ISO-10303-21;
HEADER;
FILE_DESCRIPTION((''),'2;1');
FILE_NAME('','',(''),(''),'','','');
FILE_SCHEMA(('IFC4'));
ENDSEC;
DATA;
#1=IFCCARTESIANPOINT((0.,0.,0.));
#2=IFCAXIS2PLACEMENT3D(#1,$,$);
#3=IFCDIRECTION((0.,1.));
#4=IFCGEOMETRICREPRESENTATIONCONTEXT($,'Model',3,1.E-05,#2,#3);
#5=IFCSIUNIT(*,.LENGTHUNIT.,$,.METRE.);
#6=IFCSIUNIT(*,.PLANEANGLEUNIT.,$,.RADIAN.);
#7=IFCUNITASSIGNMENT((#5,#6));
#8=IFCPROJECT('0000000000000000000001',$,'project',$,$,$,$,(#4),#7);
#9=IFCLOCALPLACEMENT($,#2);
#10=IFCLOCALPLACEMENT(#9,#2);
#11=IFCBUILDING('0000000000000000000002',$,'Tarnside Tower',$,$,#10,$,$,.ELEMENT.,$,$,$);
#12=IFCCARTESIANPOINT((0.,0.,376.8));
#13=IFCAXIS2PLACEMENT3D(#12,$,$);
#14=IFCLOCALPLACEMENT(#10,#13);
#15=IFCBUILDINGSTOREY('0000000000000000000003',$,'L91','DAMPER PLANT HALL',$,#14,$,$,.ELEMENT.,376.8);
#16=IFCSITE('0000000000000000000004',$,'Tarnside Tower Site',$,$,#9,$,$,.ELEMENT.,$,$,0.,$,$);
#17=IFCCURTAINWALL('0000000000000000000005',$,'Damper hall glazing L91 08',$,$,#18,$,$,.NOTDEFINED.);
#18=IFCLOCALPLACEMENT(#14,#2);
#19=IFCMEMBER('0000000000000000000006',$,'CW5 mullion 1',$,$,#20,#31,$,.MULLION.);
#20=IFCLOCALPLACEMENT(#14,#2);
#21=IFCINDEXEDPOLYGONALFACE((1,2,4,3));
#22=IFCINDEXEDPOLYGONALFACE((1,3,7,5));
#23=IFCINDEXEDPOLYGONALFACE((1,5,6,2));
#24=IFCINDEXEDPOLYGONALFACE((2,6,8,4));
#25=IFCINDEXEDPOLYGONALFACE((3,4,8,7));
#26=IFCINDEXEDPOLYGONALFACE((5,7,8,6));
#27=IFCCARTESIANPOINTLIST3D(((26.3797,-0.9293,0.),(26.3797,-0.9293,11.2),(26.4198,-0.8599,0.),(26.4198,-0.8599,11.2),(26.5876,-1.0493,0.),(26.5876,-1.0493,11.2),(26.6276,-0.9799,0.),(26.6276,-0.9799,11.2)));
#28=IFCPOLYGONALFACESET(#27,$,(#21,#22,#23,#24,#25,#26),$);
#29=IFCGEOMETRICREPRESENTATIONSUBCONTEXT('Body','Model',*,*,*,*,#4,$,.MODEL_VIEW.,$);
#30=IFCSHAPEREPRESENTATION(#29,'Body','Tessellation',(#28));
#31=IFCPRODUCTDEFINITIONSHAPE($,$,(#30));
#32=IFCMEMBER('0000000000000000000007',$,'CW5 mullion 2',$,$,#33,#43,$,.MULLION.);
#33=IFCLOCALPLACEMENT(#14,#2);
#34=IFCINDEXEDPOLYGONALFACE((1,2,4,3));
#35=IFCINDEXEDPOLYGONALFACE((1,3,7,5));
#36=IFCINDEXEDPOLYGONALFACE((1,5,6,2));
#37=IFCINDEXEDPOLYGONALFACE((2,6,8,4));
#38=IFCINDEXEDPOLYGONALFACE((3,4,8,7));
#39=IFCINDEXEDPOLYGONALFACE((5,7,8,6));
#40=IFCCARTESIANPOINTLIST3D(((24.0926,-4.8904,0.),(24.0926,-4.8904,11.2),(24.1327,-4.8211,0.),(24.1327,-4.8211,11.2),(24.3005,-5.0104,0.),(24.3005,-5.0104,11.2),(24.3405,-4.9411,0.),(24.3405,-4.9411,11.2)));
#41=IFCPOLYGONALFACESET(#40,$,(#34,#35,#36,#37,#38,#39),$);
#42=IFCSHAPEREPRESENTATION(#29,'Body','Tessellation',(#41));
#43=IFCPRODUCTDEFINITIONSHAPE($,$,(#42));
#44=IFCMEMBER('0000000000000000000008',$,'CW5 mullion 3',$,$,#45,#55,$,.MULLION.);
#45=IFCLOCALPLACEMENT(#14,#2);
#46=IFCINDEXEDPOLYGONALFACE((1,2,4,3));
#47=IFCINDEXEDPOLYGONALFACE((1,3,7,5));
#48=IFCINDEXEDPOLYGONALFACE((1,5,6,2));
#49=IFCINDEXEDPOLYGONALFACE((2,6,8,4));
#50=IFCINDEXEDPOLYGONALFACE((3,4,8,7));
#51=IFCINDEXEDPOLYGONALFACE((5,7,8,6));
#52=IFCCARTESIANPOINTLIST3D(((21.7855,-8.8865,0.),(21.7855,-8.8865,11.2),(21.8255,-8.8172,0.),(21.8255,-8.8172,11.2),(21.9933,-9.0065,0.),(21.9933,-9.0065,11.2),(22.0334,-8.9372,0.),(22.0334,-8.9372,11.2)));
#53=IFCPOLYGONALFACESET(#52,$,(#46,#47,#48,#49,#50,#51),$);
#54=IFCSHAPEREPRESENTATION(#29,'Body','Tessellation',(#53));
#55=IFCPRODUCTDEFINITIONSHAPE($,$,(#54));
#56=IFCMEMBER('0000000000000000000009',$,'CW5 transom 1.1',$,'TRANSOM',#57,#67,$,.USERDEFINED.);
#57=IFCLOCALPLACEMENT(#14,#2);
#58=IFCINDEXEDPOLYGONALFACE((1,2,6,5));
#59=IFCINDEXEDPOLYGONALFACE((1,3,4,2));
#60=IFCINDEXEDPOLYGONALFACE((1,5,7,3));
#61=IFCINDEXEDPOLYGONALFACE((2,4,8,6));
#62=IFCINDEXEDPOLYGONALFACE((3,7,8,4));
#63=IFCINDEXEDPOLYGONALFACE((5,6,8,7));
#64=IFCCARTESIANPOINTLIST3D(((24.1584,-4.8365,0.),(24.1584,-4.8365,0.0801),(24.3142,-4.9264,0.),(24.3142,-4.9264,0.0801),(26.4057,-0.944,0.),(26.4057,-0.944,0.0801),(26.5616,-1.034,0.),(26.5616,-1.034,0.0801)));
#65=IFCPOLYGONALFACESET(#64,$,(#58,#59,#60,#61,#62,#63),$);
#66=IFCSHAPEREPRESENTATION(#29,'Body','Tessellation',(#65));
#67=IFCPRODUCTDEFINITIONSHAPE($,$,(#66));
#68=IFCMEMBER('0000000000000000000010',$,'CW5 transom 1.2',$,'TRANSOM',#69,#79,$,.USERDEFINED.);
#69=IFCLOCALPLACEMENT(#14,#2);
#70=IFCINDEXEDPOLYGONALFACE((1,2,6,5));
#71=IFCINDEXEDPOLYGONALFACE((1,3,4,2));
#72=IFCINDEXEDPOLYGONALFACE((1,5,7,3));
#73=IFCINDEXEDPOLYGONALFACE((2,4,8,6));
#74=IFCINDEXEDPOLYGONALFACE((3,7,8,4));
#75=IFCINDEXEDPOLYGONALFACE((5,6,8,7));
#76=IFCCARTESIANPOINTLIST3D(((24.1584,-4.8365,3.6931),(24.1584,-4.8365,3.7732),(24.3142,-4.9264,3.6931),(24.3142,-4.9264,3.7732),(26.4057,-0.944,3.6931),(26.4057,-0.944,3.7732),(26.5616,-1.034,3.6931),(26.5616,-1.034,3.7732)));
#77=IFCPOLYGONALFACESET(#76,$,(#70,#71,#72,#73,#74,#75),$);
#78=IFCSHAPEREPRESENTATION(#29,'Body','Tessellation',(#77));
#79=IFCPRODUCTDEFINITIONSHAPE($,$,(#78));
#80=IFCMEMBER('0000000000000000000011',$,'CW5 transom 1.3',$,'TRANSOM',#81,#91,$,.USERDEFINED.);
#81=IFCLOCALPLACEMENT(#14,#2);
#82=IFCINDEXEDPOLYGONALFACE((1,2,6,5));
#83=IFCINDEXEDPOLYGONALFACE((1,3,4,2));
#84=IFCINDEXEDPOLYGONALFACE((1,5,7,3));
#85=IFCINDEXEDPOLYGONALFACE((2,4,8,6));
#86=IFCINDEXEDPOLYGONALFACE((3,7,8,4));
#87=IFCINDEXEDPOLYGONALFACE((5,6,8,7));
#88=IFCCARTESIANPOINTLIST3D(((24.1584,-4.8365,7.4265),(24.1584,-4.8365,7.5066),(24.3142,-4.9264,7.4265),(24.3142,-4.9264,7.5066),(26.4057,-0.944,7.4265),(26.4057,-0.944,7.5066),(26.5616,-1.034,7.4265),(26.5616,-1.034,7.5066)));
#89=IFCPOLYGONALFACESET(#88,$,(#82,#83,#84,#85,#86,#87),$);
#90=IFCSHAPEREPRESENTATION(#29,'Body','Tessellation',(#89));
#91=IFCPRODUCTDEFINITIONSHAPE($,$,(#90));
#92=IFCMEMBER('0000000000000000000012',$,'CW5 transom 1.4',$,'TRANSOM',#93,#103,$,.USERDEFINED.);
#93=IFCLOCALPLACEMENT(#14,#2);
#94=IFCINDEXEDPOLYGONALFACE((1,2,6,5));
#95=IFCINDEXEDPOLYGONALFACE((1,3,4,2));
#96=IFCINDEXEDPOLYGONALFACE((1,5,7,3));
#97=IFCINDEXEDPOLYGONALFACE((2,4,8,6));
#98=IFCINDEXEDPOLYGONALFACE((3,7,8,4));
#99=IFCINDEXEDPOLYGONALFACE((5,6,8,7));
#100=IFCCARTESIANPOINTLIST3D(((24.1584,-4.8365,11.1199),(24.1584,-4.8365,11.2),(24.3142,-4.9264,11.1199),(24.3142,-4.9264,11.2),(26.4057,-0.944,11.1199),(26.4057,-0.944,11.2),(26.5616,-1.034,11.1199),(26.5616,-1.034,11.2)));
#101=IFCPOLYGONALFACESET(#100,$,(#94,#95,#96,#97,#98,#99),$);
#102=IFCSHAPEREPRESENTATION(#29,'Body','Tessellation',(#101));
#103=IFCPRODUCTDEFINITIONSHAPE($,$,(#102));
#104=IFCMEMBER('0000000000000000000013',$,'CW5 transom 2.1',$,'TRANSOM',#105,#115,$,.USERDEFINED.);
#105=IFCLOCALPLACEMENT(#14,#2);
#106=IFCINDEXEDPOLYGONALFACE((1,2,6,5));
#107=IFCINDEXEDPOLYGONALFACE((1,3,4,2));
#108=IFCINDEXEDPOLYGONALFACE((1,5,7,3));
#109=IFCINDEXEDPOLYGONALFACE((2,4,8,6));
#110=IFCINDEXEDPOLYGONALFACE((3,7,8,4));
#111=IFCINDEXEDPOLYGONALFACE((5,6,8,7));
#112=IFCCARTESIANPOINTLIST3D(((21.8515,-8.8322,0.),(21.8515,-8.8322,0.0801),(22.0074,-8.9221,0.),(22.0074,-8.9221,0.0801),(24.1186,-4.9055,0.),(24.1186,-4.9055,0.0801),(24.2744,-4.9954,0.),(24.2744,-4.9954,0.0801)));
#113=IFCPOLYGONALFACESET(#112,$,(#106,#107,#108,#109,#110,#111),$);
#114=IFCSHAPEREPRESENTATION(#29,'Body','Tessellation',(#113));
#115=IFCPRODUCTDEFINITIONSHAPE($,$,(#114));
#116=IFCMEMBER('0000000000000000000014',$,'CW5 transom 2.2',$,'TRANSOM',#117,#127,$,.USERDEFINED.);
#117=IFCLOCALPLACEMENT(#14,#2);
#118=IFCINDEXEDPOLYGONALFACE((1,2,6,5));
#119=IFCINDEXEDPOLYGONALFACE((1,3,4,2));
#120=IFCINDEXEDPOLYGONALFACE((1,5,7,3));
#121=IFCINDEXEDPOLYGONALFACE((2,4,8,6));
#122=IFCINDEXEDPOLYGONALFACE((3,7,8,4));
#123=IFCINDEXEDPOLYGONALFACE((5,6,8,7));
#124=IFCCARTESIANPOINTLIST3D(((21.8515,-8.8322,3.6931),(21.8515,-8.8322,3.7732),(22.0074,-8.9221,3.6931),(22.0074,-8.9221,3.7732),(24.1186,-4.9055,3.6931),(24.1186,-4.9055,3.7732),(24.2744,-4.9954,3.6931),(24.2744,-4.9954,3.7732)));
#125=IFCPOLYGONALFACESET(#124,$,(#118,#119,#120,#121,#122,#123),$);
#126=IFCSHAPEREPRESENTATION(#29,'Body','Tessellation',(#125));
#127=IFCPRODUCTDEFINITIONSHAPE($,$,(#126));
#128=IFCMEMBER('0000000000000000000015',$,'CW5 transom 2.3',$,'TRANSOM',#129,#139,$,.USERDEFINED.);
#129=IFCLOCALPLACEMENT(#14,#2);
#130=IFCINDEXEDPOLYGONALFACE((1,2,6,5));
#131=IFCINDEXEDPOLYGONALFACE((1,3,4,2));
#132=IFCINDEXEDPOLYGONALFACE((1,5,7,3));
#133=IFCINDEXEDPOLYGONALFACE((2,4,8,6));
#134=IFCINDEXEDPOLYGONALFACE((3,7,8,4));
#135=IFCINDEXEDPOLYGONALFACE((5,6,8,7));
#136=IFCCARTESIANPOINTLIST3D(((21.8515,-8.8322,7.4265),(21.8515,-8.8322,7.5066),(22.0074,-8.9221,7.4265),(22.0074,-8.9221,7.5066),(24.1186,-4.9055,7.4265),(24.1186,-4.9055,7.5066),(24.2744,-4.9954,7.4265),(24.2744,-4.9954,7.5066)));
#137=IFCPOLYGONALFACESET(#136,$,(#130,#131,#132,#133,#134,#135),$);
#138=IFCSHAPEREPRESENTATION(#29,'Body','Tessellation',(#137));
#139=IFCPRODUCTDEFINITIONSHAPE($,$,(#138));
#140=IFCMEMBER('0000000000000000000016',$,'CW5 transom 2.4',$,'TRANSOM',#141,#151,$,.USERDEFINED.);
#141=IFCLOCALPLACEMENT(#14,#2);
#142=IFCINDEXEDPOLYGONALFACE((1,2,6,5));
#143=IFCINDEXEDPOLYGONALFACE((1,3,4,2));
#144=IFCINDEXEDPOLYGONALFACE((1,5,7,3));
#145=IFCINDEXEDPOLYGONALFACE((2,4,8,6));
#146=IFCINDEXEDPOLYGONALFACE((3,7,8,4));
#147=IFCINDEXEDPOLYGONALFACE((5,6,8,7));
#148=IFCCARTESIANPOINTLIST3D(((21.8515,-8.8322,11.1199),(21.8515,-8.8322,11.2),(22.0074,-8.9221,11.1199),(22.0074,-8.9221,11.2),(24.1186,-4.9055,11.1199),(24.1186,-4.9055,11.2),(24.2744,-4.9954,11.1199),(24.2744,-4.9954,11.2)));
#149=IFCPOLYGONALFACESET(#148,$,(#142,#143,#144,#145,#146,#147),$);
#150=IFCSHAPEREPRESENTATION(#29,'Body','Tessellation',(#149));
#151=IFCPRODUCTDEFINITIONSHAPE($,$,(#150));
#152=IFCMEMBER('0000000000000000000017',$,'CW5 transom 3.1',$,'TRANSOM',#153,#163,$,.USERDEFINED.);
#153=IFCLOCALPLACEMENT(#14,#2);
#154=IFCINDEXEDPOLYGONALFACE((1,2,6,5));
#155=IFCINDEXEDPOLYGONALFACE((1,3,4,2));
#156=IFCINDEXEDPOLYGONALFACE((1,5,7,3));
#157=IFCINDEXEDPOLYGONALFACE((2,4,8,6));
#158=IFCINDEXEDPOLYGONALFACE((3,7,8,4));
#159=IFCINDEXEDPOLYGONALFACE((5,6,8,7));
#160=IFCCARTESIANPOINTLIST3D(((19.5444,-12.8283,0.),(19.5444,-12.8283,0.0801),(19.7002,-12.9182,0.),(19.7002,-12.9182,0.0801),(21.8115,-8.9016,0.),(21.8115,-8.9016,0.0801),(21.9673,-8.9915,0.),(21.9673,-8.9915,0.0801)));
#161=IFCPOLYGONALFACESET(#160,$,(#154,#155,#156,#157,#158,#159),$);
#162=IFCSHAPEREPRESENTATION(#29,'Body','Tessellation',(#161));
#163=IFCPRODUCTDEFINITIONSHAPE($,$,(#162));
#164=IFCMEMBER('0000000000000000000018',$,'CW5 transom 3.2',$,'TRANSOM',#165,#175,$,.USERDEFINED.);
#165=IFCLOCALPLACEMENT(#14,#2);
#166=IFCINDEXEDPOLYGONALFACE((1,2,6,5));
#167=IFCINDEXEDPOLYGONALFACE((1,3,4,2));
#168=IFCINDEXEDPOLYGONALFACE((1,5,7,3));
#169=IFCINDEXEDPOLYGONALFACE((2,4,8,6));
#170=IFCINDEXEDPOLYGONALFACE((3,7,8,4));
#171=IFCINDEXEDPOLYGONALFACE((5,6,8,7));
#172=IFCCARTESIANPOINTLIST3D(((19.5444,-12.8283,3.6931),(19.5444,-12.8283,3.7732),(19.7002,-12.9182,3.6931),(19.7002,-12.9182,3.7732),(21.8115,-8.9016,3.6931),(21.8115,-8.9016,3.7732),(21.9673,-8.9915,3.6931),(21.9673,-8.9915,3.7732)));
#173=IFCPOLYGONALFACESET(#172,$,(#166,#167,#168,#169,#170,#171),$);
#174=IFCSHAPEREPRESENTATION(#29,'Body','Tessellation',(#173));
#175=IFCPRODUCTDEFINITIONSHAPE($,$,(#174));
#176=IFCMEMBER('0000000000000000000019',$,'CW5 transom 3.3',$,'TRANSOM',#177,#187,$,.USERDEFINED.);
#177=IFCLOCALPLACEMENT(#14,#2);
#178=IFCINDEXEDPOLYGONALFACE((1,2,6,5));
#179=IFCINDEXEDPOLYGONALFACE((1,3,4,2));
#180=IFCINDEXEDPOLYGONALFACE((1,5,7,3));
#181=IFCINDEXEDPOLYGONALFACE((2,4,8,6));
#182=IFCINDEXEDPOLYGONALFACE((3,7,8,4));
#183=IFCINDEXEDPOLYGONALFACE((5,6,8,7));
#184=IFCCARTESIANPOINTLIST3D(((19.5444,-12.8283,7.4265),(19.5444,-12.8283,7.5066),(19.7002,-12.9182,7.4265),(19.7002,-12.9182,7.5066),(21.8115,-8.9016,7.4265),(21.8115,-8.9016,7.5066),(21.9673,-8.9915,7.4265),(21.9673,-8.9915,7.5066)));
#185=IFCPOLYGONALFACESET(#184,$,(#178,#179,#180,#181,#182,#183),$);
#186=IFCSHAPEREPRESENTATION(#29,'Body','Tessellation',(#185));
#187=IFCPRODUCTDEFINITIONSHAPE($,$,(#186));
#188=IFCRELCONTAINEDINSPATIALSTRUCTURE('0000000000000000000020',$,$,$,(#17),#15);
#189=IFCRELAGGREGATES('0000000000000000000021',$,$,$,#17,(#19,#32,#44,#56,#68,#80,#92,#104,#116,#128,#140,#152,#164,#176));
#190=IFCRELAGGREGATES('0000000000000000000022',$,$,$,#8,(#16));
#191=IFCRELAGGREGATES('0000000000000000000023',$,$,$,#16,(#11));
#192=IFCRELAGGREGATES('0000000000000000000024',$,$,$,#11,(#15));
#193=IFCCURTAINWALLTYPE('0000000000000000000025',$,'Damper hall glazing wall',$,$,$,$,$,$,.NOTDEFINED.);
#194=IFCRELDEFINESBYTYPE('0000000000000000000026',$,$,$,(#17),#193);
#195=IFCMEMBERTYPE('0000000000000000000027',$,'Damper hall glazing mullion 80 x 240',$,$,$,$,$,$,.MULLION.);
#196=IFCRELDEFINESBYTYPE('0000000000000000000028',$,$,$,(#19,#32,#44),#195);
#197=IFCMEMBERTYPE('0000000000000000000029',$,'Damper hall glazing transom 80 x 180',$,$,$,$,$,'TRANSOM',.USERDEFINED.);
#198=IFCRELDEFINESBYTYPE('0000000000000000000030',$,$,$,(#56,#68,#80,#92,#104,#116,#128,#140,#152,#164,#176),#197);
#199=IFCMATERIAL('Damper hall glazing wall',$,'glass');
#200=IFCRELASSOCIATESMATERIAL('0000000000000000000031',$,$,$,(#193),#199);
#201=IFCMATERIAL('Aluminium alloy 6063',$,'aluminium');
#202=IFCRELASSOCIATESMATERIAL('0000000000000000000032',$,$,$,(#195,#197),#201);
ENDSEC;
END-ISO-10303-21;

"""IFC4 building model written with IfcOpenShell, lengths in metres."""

from ifc_helpers import new_model, si_unit, direction, frame, origin, origin_2d, place, context, subcontext, project, spatial, rectangle, extrude, material, material_profile, profile_set, type_object, element, aggregate, save


model = new_model("IFC4")

# Units and contexts
model_context = context("Model", 3, precision=1e-05, world=origin(), true_north=direction((0.0, 1.0)))
body_context = subcontext(model_context, "Body", "Model", "MODEL_VIEW")
ifc_project = project(units=[si_unit("LENGTHUNIT", "METRE"), si_unit("PLANEANGLEUNIT", "RADIAN")], contexts=[model_context])

# Site, building, storey
site_placement = place(None, origin())
site = spatial("IfcSite", under=ifc_project, at=site_placement, Name="Tarnside Tower Site", CompositionType="ELEMENT", RefElevation=0.0)
building_placement = place(site_placement, origin())
building = spatial("IfcBuilding", under=site, at=building_placement, Name="Tarnside Tower", CompositionType="ELEMENT")
storey_placement = place(building_placement, frame((0.0, 0.0, 376.8)))
storey = spatial("IfcBuildingStorey", under=building, at=storey_placement, Name="L91", Description="DAMPER PLANT HALL", CompositionType="ELEMENT", Elevation=376.8)

# Shared definitions
ifc_material_1 = material(Name="Damper hall glazing wall", Category="glass")
curtain_wall_type = type_object("IfcCurtainWallType", Name="Damper hall glazing wall", PredefinedType="NOTDEFINED", material=ifc_material_1)
ifc_material_2 = material(Name="Aluminium alloy 6063", Category="aluminium")
ifc_material_profile_1 = material_profile(ifc_material_2, rectangle(XDim=0.24, YDim=0.0801, at=origin_2d()), Name="Damper hall glazing mullion 80 x 240")
ifc_profile_set_1 = profile_set([ifc_material_profile_1], Name="Aluminium alloy 6063")
member_type_1 = type_object("IfcMemberType", Name="Damper hall glazing mullion 80 x 240", PredefinedType="MULLION", material=ifc_profile_set_1)

# Curtain wall, members
curtain_wall_1_placement = place(storey_placement, origin())
curtain_wall_1 = element("IfcCurtainWall", 1, at=curtain_wall_1_placement, inside=storey, type_object=curtain_wall_type, Name="Damper hall glazing L91 08", PredefinedType="NOTDEFINED")
member_1_placement = place(storey_placement, frame((26.5037, -0.9546, 0.0), z_axis=(0.0, 0.0, 1.0), x_axis=(0.866025, -0.5, 0.0)))
member_1 = element("IfcMember", 2, at=member_1_placement, type_object=member_type_1, Name="CW5 mullion 1", PredefinedType="MULLION", context=body_context, shape_type="SweptSolid", body=[
    extrude(rectangle(XDim=0.24, YDim=0.0801, at=origin_2d()), origin(), (0.0, 0.0, 1.0), 11.2),
])
member_2_placement = place(storey_placement, frame((24.2166, -4.9158, 0.0), z_axis=(0.0, 0.0, 1.0), x_axis=(0.866025, -0.5, 0.0)))
member_2 = element("IfcMember", 3, at=member_2_placement, type_object=member_type_1, Name="CW5 mullion 2", PredefinedType="MULLION", context=body_context, shape_type="SweptSolid", body=[
    extrude(rectangle(XDim=0.24, YDim=0.0801, at=origin_2d()), origin(), (0.0, 0.0, 1.0), 11.2),
])
member_3_placement = place(storey_placement, frame((21.9094, -8.9119, 0.0), z_axis=(0.0, 0.0, 1.0), x_axis=(0.866025, -0.5, 0.0)))
member_3 = element("IfcMember", 4, at=member_3_placement, type_object=member_type_1, Name="CW5 mullion 3", PredefinedType="MULLION", context=body_context, shape_type="SweptSolid", body=[
    extrude(rectangle(XDim=0.24, YDim=0.0801, at=origin_2d()), origin(), (0.0, 0.0, 1.0), 11.2),
])
ifc_material_profile_2 = material_profile(ifc_material_2, rectangle(XDim=0.1799, YDim=0.0801, at=origin_2d()), Name="Damper hall glazing transom 80 x 180")
ifc_profile_set_2 = profile_set([ifc_material_profile_2], Name="Aluminium alloy 6063")
member_type_2 = type_object("IfcMemberType", Name="Damper hall glazing transom 80 x 180", ElementType="TRANSOM", PredefinedType="USERDEFINED", material=ifc_profile_set_2)
member_4_placement = place(storey_placement, frame((26.4836, -0.989, 0.04), z_axis=(-0.500012, -0.866018, 0.0), x_axis=(0.866018, -0.500012, 0.0)))
member_4 = element("IfcMember", 5, at=member_4_placement, type_object=member_type_2, Name="CW5 transom 1.1", ObjectType="TRANSOM", PredefinedType="USERDEFINED", context=body_context, shape_type="SweptSolid", body=[
    extrude(rectangle(XDim=0.1799, YDim=0.0801, at=origin_2d()), origin(), (0.0, 0.0, 1.0), 4.4946),
])
member_5_placement = place(storey_placement, frame((26.4836, -0.989, 3.7332), z_axis=(-0.500012, -0.866018, 0.0), x_axis=(0.866018, -0.500012, 0.0)))
member_5 = element("IfcMember", 6, at=member_5_placement, type_object=member_type_2, Name="CW5 transom 1.2", ObjectType="TRANSOM", PredefinedType="USERDEFINED", context=body_context, shape_type="SweptSolid", body=[
    extrude(rectangle(XDim=0.1799, YDim=0.0801, at=origin_2d()), origin(), (0.0, 0.0, 1.0), 4.4946),
])
member_6_placement = place(storey_placement, frame((26.4836, -0.989, 7.4666), z_axis=(-0.500012, -0.866018, 0.0), x_axis=(0.866018, -0.500012, 0.0)))
member_6 = element("IfcMember", 7, at=member_6_placement, type_object=member_type_2, Name="CW5 transom 1.3", ObjectType="TRANSOM", PredefinedType="USERDEFINED", context=body_context, shape_type="SweptSolid", body=[
    extrude(rectangle(XDim=0.1799, YDim=0.0801, at=origin_2d()), origin(), (0.0, 0.0, 1.0), 4.4946),
])
member_7_placement = place(storey_placement, frame((26.4836, -0.989, 11.1599), z_axis=(-0.500012, -0.866018, 0.0), x_axis=(0.866018, -0.500012, 0.0)))
member_7 = element("IfcMember", 8, at=member_7_placement, type_object=member_type_2, Name="CW5 transom 1.4", ObjectType="TRANSOM", PredefinedType="USERDEFINED", context=body_context, shape_type="SweptSolid", body=[
    extrude(rectangle(XDim=0.1799, YDim=0.0801, at=origin_2d()), origin(), (0.0, 0.0, 1.0), 4.4946),
])
member_8_placement = place(storey_placement, frame((24.1965, -4.9504, 0.04), z_axis=(-0.499996, -0.866028, 0.0), x_axis=(0.866028, -0.499996, 0.0)))
member_8 = element("IfcMember", 9, at=member_8_placement, type_object=member_type_2, Name="CW5 transom 2.1", ObjectType="TRANSOM", PredefinedType="USERDEFINED", context=body_context, shape_type="SweptSolid", body=[
    extrude(rectangle(XDim=0.1799, YDim=0.0801, at=origin_2d()), origin(), (0.0, 0.0, 1.0), 4.5342),
])
member_9_placement = place(storey_placement, frame((24.1965, -4.9504, 3.7332), z_axis=(-0.499996, -0.866028, 0.0), x_axis=(0.866028, -0.499996, 0.0)))
member_9 = element("IfcMember", 10, at=member_9_placement, type_object=member_type_2, Name="CW5 transom 2.2", ObjectType="TRANSOM", PredefinedType="USERDEFINED", context=body_context, shape_type="SweptSolid", body=[
    extrude(rectangle(XDim=0.1799, YDim=0.0801, at=origin_2d()), origin(), (0.0, 0.0, 1.0), 4.5342),
])
member_10_placement = place(storey_placement, frame((24.1965, -4.9504, 7.4666), z_axis=(-0.499996, -0.866028, 0.0), x_axis=(0.866028, -0.499996, 0.0)))
member_10 = element("IfcMember", 11, at=member_10_placement, type_object=member_type_2, Name="CW5 transom 2.3", ObjectType="TRANSOM", PredefinedType="USERDEFINED", context=body_context, shape_type="SweptSolid", body=[
    extrude(rectangle(XDim=0.1799, YDim=0.0801, at=origin_2d()), origin(), (0.0, 0.0, 1.0), 4.5342),
])
member_11_placement = place(storey_placement, frame((24.1965, -4.9504, 11.1599), z_axis=(-0.499996, -0.866028, 0.0), x_axis=(0.866028, -0.499996, 0.0)))
member_11 = element("IfcMember", 12, at=member_11_placement, type_object=member_type_2, Name="CW5 transom 2.4", ObjectType="TRANSOM", PredefinedType="USERDEFINED", context=body_context, shape_type="SweptSolid", body=[
    extrude(rectangle(XDim=0.1799, YDim=0.0801, at=origin_2d()), origin(), (0.0, 0.0, 1.0), 4.5342),
])
member_12_placement = place(storey_placement, frame((21.8894, -8.9465, 0.04), z_axis=(-0.499996, -0.866028, 0.0), x_axis=(0.866028, -0.499996, 0.0)))
member_12 = element("IfcMember", 13, at=member_12_placement, type_object=member_type_2, Name="CW5 transom 3.1", ObjectType="TRANSOM", PredefinedType="USERDEFINED", context=body_context, shape_type="SweptSolid", body=[
    extrude(rectangle(XDim=0.1799, YDim=0.0801, at=origin_2d()), origin(), (0.0, 0.0, 1.0), 4.5342),
])
member_13_placement = place(storey_placement, frame((21.8894, -8.9465, 3.7332), z_axis=(-0.499996, -0.866028, 0.0), x_axis=(0.866028, -0.499996, 0.0)))
member_13 = element("IfcMember", 14, at=member_13_placement, type_object=member_type_2, Name="CW5 transom 3.2", ObjectType="TRANSOM", PredefinedType="USERDEFINED", context=body_context, shape_type="SweptSolid", body=[
    extrude(rectangle(XDim=0.1799, YDim=0.0801, at=origin_2d()), origin(), (0.0, 0.0, 1.0), 4.5342),
])
member_14_placement = place(storey_placement, frame((21.8894, -8.9465, 7.4666), z_axis=(-0.499996, -0.866028, 0.0), x_axis=(0.866028, -0.499996, 0.0)))
member_14 = element("IfcMember", 15, at=member_14_placement, type_object=member_type_2, Name="CW5 transom 3.3", ObjectType="TRANSOM", PredefinedType="USERDEFINED", context=body_context, shape_type="SweptSolid", body=[
    extrude(rectangle(XDim=0.1799, YDim=0.0801, at=origin_2d()), origin(), (0.0, 0.0, 1.0), 4.5342),
])

aggregate(curtain_wall_1, [member_1, member_2, member_3, member_4, member_5, member_6, member_7, member_8, member_9, member_10, member_11, member_12, member_13, member_14])

save(model, "model.ifc")
